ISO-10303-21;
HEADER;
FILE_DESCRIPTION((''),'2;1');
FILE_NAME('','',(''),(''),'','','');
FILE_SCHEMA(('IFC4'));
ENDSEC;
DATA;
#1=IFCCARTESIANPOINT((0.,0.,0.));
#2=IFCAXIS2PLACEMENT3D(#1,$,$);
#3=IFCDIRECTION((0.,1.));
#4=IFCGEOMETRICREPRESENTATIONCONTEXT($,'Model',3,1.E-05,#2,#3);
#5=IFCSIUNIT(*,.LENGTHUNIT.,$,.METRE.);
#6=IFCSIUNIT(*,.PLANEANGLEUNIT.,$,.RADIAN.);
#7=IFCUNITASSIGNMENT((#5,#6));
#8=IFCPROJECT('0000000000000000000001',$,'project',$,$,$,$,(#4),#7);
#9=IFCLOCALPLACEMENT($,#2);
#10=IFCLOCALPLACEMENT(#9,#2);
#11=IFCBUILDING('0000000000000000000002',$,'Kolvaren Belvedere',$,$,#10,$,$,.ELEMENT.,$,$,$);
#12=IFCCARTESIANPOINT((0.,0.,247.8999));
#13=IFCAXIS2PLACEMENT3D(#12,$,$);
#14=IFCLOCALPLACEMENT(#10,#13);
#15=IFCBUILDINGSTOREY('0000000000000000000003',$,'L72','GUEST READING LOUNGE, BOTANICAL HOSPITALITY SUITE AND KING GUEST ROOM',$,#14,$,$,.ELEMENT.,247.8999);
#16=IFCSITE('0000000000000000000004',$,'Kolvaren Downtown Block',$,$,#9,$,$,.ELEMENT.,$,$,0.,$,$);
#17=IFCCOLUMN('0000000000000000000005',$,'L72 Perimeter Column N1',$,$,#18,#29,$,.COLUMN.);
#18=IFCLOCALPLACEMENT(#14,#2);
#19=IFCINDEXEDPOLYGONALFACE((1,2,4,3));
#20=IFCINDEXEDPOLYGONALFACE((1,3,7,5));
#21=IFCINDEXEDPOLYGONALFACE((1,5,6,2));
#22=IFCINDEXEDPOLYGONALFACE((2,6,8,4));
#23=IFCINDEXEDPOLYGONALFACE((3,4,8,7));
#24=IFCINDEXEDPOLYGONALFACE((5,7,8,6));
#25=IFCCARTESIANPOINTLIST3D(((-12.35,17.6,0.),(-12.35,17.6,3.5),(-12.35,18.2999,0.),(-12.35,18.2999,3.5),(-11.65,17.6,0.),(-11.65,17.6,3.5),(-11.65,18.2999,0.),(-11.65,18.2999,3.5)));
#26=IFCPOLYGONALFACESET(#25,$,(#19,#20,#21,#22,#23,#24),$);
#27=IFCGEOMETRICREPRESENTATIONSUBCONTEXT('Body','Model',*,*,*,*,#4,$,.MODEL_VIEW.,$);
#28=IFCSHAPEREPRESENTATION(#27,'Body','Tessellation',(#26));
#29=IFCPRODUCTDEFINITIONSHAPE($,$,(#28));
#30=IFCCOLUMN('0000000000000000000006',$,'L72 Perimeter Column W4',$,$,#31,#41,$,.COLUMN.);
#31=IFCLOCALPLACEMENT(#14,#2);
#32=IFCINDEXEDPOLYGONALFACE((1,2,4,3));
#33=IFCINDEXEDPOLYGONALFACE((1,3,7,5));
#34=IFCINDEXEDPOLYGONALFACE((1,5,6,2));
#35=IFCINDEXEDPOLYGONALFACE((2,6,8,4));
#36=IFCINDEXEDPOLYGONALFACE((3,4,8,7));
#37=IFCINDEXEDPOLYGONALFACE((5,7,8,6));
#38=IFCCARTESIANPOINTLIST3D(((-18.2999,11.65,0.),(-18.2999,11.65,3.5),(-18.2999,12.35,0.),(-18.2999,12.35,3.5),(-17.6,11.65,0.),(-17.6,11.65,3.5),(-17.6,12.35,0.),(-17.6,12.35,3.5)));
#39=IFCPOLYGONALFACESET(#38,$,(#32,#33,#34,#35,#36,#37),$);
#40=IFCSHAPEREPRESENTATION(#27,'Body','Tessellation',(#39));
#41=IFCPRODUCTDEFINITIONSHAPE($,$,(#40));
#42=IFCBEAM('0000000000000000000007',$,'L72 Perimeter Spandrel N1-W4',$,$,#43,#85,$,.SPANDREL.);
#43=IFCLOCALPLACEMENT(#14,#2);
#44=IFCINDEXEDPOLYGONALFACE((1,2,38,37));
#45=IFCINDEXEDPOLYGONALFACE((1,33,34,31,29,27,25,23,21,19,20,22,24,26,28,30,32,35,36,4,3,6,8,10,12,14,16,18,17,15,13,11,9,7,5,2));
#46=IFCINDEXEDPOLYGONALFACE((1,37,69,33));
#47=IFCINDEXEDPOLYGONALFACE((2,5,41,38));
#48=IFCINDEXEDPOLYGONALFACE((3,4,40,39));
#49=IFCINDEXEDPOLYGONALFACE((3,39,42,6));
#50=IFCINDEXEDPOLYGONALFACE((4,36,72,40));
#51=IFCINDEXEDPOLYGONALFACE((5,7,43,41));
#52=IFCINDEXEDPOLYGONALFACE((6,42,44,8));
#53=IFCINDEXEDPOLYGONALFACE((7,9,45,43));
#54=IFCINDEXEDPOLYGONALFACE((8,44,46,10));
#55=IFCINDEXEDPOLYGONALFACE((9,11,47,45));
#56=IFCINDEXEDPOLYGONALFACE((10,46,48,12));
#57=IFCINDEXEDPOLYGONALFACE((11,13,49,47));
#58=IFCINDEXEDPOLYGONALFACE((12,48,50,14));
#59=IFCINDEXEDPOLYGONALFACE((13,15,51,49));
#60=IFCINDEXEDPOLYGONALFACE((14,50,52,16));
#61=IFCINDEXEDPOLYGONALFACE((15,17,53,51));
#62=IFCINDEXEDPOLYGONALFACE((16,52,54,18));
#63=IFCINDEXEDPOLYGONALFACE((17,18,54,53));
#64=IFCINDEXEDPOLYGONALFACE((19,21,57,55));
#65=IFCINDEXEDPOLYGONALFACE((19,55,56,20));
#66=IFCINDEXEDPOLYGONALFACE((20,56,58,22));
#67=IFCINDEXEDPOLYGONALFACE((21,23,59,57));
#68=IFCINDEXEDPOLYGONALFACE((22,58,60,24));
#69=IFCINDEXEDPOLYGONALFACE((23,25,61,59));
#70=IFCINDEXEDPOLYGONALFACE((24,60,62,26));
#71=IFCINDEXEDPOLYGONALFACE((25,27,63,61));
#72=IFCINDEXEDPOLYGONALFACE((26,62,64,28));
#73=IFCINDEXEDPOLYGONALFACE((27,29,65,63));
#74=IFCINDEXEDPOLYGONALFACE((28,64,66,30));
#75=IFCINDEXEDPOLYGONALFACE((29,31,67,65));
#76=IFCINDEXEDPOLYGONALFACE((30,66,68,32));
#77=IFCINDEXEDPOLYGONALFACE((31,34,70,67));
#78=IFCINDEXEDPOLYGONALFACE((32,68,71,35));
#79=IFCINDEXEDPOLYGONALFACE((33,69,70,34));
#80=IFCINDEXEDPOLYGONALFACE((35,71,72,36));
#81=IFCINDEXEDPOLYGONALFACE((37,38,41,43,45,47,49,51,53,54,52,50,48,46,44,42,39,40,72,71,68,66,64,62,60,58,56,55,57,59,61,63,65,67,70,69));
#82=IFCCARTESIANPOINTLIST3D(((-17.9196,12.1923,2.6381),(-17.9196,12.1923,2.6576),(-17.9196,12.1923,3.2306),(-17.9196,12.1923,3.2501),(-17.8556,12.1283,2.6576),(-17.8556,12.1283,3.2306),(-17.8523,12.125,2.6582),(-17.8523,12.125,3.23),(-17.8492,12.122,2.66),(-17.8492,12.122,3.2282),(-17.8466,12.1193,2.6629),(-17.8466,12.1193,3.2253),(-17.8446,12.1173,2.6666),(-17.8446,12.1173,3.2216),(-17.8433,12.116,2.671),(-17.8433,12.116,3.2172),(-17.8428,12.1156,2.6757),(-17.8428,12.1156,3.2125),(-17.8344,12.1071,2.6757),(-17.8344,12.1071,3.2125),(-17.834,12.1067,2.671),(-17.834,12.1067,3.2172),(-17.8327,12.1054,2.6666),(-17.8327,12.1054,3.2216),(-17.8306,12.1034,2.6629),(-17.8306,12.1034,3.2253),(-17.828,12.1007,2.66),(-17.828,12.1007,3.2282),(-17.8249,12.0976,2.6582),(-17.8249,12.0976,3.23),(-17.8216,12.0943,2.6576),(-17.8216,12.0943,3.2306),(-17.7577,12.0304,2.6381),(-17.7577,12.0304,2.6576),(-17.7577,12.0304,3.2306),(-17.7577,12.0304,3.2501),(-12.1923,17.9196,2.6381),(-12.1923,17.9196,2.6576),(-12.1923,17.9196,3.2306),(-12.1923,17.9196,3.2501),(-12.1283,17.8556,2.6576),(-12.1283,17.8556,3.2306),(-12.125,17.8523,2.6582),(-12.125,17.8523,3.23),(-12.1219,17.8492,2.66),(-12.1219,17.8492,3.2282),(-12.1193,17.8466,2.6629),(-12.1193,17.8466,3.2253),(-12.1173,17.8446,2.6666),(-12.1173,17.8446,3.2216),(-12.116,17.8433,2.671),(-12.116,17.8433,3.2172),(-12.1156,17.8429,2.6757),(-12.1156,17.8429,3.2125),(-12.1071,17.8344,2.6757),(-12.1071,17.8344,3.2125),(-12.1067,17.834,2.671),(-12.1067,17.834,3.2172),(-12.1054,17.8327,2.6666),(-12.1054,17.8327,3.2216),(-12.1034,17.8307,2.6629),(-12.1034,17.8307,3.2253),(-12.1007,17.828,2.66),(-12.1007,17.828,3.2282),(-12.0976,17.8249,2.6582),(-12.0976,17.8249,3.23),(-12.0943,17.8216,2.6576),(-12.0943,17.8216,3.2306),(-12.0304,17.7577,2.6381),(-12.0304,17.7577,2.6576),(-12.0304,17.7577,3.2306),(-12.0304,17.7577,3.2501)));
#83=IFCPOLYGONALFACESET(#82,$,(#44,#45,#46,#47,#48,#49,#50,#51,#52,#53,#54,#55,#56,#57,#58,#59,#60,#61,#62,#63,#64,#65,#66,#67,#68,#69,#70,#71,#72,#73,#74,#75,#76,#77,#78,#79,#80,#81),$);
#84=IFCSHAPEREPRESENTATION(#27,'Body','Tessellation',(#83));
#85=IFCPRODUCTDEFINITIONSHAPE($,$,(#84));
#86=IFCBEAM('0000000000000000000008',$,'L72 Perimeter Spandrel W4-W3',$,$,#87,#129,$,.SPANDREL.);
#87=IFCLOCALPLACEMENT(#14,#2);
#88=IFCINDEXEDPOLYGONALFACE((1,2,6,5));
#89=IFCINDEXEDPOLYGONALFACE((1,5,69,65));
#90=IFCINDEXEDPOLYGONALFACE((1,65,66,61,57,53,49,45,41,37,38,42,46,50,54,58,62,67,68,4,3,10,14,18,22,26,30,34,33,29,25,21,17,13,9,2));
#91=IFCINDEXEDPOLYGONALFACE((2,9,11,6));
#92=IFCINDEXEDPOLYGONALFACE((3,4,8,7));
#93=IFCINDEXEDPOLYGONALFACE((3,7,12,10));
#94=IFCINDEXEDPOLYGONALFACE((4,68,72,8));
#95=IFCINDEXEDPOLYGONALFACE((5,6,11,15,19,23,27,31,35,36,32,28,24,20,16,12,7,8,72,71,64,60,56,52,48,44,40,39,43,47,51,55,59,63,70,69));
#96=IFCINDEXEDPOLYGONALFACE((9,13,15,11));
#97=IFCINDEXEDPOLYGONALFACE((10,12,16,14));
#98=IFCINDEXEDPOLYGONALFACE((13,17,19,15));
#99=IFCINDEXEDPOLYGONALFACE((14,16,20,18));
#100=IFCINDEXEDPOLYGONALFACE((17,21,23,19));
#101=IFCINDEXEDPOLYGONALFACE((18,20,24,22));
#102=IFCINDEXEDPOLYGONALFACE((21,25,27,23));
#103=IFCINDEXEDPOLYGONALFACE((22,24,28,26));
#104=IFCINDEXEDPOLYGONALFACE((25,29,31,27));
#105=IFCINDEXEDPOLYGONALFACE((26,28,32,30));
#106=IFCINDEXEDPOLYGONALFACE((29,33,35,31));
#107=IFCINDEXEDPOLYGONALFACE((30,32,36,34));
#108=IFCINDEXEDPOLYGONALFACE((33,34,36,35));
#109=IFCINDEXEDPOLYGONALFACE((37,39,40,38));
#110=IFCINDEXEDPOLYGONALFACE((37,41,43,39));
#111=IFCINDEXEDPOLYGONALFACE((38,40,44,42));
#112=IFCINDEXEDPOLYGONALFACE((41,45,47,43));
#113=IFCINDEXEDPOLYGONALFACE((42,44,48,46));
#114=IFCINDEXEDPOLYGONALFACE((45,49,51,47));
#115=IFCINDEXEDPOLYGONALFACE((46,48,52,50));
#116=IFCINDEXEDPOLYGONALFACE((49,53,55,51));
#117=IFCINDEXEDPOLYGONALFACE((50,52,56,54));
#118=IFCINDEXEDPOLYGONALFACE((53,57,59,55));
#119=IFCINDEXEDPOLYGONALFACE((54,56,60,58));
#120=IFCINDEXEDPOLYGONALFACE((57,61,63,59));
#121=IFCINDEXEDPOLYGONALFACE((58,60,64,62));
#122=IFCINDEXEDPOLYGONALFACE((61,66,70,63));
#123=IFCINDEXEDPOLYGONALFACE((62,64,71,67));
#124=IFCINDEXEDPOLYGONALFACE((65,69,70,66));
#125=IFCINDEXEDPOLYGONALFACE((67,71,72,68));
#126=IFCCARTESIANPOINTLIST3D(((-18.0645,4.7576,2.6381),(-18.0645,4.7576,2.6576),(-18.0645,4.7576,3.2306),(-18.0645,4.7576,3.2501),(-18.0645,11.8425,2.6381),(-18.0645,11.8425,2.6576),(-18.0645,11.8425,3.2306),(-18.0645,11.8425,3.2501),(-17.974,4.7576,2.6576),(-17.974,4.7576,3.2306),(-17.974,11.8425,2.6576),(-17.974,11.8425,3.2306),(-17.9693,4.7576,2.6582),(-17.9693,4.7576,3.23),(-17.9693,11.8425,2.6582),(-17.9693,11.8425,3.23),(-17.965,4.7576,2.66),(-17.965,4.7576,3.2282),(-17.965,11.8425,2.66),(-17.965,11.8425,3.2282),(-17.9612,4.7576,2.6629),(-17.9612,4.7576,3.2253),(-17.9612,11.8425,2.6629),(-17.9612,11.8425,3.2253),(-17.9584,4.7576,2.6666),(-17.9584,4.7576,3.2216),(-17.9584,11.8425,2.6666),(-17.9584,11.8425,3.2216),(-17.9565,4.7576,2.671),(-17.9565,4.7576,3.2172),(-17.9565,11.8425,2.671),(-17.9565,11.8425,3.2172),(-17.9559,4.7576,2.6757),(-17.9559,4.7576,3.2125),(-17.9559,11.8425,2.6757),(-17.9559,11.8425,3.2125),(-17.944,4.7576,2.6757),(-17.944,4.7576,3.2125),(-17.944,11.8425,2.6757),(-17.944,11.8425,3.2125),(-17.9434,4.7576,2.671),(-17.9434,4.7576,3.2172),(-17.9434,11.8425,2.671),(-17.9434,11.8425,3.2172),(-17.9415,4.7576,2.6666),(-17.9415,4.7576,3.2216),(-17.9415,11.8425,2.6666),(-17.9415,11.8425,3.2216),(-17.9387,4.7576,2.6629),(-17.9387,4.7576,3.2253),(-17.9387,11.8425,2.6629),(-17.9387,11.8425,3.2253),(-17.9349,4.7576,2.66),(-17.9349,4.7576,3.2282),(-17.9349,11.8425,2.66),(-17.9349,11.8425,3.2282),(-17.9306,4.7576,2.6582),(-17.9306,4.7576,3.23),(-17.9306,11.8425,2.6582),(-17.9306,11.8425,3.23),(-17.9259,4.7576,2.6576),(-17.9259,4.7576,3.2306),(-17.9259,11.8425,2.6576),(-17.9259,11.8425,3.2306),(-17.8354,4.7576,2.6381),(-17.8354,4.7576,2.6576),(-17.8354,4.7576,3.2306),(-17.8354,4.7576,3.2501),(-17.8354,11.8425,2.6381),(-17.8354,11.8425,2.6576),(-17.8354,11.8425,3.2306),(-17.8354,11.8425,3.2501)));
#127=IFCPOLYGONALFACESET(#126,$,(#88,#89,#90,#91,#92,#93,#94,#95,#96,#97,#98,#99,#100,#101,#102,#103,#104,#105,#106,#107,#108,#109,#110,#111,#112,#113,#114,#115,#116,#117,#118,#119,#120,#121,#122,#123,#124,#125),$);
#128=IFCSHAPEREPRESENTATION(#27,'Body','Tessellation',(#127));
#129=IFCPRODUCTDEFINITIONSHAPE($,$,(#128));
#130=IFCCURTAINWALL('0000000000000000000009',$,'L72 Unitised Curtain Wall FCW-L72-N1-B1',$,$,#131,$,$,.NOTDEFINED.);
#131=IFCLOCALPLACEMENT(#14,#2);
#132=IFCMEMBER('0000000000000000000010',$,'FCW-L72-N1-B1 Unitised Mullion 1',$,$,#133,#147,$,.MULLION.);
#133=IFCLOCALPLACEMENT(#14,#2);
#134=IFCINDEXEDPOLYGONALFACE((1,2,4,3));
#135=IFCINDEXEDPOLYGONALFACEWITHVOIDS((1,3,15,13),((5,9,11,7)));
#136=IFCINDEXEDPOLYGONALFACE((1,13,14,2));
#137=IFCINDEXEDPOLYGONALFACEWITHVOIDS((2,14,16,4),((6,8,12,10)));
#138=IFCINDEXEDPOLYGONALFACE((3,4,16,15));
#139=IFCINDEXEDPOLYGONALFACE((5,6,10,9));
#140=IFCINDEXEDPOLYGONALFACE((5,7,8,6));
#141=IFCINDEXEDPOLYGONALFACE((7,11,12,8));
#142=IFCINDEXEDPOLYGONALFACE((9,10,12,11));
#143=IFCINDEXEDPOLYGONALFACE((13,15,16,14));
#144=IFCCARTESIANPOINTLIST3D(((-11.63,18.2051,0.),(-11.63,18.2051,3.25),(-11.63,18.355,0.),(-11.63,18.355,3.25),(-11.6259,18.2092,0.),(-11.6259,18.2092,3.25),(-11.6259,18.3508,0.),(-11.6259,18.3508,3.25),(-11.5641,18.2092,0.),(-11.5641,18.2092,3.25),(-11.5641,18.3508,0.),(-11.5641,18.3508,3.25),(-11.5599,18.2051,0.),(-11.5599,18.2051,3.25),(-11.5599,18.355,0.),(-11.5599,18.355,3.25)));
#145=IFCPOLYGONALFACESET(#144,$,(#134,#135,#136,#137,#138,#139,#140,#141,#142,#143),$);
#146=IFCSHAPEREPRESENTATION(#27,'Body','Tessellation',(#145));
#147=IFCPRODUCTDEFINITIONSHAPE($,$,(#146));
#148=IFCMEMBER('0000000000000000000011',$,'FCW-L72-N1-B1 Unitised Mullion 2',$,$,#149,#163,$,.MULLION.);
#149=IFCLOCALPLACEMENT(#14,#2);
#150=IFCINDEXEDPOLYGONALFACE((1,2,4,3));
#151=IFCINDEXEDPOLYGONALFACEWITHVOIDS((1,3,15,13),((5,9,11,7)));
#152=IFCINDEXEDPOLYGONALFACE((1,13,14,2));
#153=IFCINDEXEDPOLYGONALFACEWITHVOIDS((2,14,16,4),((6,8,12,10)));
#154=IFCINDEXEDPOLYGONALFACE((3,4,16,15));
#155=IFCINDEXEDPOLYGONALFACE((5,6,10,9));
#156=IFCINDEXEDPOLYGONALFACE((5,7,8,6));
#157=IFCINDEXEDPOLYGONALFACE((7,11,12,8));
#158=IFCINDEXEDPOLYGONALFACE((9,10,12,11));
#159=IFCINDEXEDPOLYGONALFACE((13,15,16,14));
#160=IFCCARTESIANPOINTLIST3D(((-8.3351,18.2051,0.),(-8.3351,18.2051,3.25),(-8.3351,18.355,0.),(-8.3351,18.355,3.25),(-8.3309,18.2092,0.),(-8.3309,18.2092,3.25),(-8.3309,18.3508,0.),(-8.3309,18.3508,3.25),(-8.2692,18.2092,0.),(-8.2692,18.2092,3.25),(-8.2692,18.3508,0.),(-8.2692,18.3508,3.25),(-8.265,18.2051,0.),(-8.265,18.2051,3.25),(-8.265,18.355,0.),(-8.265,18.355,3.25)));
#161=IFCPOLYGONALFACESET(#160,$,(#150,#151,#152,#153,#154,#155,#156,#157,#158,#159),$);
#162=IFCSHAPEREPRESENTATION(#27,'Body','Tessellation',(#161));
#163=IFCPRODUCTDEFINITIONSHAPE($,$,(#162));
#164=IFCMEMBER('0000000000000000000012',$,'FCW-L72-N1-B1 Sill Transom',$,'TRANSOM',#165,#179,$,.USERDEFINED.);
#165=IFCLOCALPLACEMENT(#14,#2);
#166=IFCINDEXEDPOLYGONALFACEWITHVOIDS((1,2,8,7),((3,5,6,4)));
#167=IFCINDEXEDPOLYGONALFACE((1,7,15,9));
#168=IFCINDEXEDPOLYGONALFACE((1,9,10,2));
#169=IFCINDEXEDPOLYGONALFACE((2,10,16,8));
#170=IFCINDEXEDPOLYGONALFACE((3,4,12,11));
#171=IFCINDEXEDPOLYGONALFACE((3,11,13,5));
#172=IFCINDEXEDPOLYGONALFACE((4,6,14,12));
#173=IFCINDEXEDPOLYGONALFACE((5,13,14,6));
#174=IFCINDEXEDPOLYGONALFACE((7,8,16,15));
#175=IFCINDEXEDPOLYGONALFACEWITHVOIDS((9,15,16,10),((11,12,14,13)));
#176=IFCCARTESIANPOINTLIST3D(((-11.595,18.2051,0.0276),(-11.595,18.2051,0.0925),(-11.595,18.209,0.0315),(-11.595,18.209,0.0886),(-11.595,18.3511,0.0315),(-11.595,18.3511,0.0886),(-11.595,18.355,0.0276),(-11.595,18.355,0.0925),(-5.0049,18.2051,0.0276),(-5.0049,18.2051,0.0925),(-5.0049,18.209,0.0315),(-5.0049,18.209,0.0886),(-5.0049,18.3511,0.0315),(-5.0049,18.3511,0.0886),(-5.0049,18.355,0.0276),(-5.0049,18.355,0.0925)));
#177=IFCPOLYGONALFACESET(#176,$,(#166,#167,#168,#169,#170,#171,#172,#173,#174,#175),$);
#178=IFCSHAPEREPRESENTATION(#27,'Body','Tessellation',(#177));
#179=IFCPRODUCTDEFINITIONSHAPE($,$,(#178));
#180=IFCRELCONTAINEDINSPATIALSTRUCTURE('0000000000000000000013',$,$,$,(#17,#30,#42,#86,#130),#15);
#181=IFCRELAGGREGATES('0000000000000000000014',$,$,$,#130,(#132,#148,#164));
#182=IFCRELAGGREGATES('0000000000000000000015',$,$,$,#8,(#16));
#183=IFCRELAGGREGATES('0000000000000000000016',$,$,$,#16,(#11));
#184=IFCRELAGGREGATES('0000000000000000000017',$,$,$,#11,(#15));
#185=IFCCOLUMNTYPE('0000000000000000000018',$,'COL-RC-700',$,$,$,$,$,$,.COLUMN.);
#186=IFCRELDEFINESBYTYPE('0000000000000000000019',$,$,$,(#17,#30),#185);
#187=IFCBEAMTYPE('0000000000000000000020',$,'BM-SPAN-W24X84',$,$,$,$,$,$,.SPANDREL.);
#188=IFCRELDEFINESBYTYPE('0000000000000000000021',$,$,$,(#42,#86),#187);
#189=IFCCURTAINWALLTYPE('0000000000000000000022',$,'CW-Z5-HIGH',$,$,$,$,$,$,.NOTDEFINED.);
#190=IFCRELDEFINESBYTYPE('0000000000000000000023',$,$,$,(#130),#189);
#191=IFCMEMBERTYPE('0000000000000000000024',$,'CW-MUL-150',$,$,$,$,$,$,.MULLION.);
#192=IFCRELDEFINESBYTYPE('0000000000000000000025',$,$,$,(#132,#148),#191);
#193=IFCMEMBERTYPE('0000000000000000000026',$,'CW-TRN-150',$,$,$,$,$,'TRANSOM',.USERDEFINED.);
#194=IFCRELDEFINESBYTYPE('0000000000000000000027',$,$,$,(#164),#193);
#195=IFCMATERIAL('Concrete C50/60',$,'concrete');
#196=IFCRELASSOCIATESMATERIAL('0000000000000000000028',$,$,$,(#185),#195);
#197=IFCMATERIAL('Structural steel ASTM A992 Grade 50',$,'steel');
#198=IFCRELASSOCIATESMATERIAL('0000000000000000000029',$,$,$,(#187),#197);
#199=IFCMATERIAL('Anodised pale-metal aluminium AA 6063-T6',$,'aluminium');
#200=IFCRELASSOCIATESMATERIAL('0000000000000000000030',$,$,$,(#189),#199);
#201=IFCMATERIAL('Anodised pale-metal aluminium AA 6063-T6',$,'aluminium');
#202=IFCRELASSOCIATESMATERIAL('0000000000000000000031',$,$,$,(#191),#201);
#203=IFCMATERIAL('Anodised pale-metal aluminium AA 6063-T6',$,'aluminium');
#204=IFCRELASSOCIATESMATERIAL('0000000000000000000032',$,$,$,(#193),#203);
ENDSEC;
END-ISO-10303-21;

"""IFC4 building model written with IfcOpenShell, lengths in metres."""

from ifc_helpers import new_model, si_unit, direction, frame, origin, origin_2d, place, context, subcontext, project, spatial, rectangle, hollow_rectangle, i_section, extrude, material, material_profile, profile_set, type_object, element, aggregate, save


model = new_model("IFC4")

# Units and contexts
model_context = context("Model", 3, precision=1e-05, world=origin(), true_north=direction((0.0, 1.0)))
body_context = subcontext(model_context, "Body", "Model", "MODEL_VIEW")
ifc_project = project(units=[si_unit("LENGTHUNIT", "METRE"), si_unit("PLANEANGLEUNIT", "RADIAN")], contexts=[model_context])

# Site, building, storey
site_placement = place(None, origin())
site = spatial("IfcSite", under=ifc_project, at=site_placement, Name="Kolvaren Downtown Block", CompositionType="ELEMENT", RefElevation=0.0)
building_placement = place(site_placement, origin())
building = spatial("IfcBuilding", under=site, at=building_placement, Name="Kolvaren Belvedere", CompositionType="ELEMENT")
storey_placement = place(building_placement, frame((0.0, 0.0, 247.8999)))
storey = spatial("IfcBuildingStorey", under=building, at=storey_placement, Name="L72", Description="GUEST READING LOUNGE, BOTANICAL HOSPITALITY SUITE AND KING GUEST ROOM", CompositionType="ELEMENT", Elevation=247.8999)

# Columns
ifc_material_1 = material(Name="Concrete C50/60", Category="concrete")
ifc_material_profile_1 = material_profile(ifc_material_1, rectangle(XDim=0.7, YDim=0.7, at=origin_2d()), Name="RC 700X700")
ifc_profile_set_1 = profile_set([ifc_material_profile_1], Name="Concrete C50/60")
column_type = type_object("IfcColumnType", Name="COL-RC-700", PredefinedType="COLUMN", material=ifc_profile_set_1)
for number, where, z_axis, x_axis, name in (
    (1, (-12.0, 17.95, 0.0), (0.0, 0.0, 1.0), (1.0, 0.0, 0.0), "L72 Perimeter Column N1"),
    (2, (-17.95, 12.0, 0.0), (0.0, 0.0, 1.0), (1.0, 0.0, 0.0), "L72 Perimeter Column W4"),
):
    element("IfcColumn", number, at=place(storey_placement, frame(where, z_axis=z_axis, x_axis=x_axis)), inside=storey, type_object=column_type, Name=name, PredefinedType="COLUMN", context=body_context, shape_type="SweptSolid", body=[
        extrude(rectangle(XDim=0.7, YDim=0.7, at=origin_2d()), origin(), (0.0, 0.0, 1.0), 3.5),
    ])

# Beams
ifc_material_2 = material(Name="Structural steel ASTM A992 Grade 50", Category="steel")
ifc_material_profile_2 = material_profile(ifc_material_2, i_section(OverallWidth=0.229, OverallDepth=0.6121, WebThickness=0.012, FlangeThickness=0.0195, FilletRadius=0.0181, at=origin_2d()), Name="W24X84")
ifc_profile_set_2 = profile_set([ifc_material_profile_2], Name="Structural steel ASTM A992 Grade 50")
beam_type = type_object("IfcBeamType", Name="BM-SPAN-W24X84", PredefinedType="SPANDREL", material=ifc_profile_set_2)
beam_1_placement = place(storey_placement, frame((-12.1113, 17.8386, 2.9441), z_axis=(-0.707107, -0.707107, 0.0), x_axis=(0.707107, -0.707107, 0.0)))
element("IfcBeam", 3, at=beam_1_placement, inside=storey, type_object=beam_type, Name="L72 Perimeter Spandrel N1-W4", PredefinedType="SPANDREL", context=body_context, shape_type="SweptSolid", body=[
    extrude(i_section(OverallWidth=0.229, OverallDepth=0.6121, WebThickness=0.012, FlangeThickness=0.0195, FilletRadius=0.0181, at=origin_2d()), origin(), (0.0, 0.0, 1.0), 8.0996),
])
beam_2_placement = place(storey_placement, frame((-17.95, 11.8425, 2.9441), z_axis=(0.0, -1.0, 0.0), x_axis=(1.0, 0.0, 0.0)))
element("IfcBeam", 4, at=beam_2_placement, inside=storey, type_object=beam_type, Name="L72 Perimeter Spandrel W4-W3", PredefinedType="SPANDREL", context=body_context, shape_type="SweptSolid", body=[
    extrude(i_section(OverallWidth=0.229, OverallDepth=0.6121, WebThickness=0.012, FlangeThickness=0.0195, FilletRadius=0.0181, at=origin_2d()), origin(), (0.0, 0.0, 1.0), 7.085),
])

# Curtain wall, members
ifc_material_3 = material(Name="Anodised pale-metal aluminium AA 6063-T6", Category="aluminium")
curtain_wall_type = type_object("IfcCurtainWallType", Name="CW-Z5-HIGH", PredefinedType="NOTDEFINED", material=ifc_material_3)
curtain_wall_placement = place(storey_placement, origin())
curtain_wall = element("IfcCurtainWall", 5, at=curtain_wall_placement, inside=storey, type_object=curtain_wall_type, Name="L72 Unitised Curtain Wall FCW-L72-N1-B1", PredefinedType="NOTDEFINED")
ifc_material_4 = material(Name="Anodised pale-metal aluminium AA 6063-T6", Category="aluminium")
ifc_material_profile_3 = material_profile(ifc_material_4, hollow_rectangle(XDim=0.0701, YDim=0.1499, WallThickness=0.0042, at=origin_2d()), Name="ALU-MUL-150X70")
ifc_profile_set_3 = profile_set([ifc_material_profile_3], Name="Anodised pale-metal aluminium AA 6063-T6")
member_type_1 = type_object("IfcMemberType", Name="CW-MUL-150", PredefinedType="MULLION", material=ifc_profile_set_3)
member_1_placement = place(storey_placement, frame((-11.595, 18.28, 0.0), z_axis=(0.0, 0.0, 1.0), x_axis=(1.0, 0.0, 0.0)))
member_1 = element("IfcMember", 6, at=member_1_placement, type_object=member_type_1, Name="FCW-L72-N1-B1 Unitised Mullion 1", PredefinedType="MULLION", context=body_context, shape_type="SweptSolid", body=[
    extrude(hollow_rectangle(XDim=0.0701, YDim=0.1499, WallThickness=0.0042, at=origin_2d()), origin(), (0.0, 0.0, 1.0), 3.25),
])
member_2_placement = place(storey_placement, frame((-8.3, 18.28, 0.0), z_axis=(0.0, 0.0, 1.0), x_axis=(1.0, 0.0, 0.0)))
member_2 = element("IfcMember", 7, at=member_2_placement, type_object=member_type_1, Name="FCW-L72-N1-B1 Unitised Mullion 2", PredefinedType="MULLION", context=body_context, shape_type="SweptSolid", body=[
    extrude(hollow_rectangle(XDim=0.0701, YDim=0.1499, WallThickness=0.0042, at=origin_2d()), origin(), (0.0, 0.0, 1.0), 3.25),
])
ifc_material_5 = material(Name="Anodised pale-metal aluminium AA 6063-T6", Category="aluminium")
ifc_material_profile_4 = material_profile(ifc_material_5, hollow_rectangle(XDim=0.0649, YDim=0.1499, WallThickness=0.0039, at=origin_2d()), Name="ALU-TRN-150X65")
ifc_profile_set_4 = profile_set([ifc_material_profile_4], Name="Anodised pale-metal aluminium AA 6063-T6")
member_type_2 = type_object("IfcMemberType", Name="CW-TRN-150", ElementType="TRANSOM", PredefinedType="USERDEFINED", material=ifc_profile_set_4)
member_3_placement = place(storey_placement, frame((-11.595, 18.28, 0.0601), z_axis=(1.0, 0.0, 0.0), x_axis=(0.0, 0.0, 1.0)))
member_3 = element("IfcMember", 8, at=member_3_placement, type_object=member_type_2, Name="FCW-L72-N1-B1 Sill Transom", ObjectType="TRANSOM", PredefinedType="USERDEFINED", context=body_context, shape_type="SweptSolid", body=[
    extrude(hollow_rectangle(XDim=0.0649, YDim=0.1499, WallThickness=0.0039, at=origin_2d()), origin(), (0.0, 0.0, 1.0), 6.5901),
])
aggregate(curtain_wall, [member_1, member_2, member_3])

save(model, "model.ifc")
